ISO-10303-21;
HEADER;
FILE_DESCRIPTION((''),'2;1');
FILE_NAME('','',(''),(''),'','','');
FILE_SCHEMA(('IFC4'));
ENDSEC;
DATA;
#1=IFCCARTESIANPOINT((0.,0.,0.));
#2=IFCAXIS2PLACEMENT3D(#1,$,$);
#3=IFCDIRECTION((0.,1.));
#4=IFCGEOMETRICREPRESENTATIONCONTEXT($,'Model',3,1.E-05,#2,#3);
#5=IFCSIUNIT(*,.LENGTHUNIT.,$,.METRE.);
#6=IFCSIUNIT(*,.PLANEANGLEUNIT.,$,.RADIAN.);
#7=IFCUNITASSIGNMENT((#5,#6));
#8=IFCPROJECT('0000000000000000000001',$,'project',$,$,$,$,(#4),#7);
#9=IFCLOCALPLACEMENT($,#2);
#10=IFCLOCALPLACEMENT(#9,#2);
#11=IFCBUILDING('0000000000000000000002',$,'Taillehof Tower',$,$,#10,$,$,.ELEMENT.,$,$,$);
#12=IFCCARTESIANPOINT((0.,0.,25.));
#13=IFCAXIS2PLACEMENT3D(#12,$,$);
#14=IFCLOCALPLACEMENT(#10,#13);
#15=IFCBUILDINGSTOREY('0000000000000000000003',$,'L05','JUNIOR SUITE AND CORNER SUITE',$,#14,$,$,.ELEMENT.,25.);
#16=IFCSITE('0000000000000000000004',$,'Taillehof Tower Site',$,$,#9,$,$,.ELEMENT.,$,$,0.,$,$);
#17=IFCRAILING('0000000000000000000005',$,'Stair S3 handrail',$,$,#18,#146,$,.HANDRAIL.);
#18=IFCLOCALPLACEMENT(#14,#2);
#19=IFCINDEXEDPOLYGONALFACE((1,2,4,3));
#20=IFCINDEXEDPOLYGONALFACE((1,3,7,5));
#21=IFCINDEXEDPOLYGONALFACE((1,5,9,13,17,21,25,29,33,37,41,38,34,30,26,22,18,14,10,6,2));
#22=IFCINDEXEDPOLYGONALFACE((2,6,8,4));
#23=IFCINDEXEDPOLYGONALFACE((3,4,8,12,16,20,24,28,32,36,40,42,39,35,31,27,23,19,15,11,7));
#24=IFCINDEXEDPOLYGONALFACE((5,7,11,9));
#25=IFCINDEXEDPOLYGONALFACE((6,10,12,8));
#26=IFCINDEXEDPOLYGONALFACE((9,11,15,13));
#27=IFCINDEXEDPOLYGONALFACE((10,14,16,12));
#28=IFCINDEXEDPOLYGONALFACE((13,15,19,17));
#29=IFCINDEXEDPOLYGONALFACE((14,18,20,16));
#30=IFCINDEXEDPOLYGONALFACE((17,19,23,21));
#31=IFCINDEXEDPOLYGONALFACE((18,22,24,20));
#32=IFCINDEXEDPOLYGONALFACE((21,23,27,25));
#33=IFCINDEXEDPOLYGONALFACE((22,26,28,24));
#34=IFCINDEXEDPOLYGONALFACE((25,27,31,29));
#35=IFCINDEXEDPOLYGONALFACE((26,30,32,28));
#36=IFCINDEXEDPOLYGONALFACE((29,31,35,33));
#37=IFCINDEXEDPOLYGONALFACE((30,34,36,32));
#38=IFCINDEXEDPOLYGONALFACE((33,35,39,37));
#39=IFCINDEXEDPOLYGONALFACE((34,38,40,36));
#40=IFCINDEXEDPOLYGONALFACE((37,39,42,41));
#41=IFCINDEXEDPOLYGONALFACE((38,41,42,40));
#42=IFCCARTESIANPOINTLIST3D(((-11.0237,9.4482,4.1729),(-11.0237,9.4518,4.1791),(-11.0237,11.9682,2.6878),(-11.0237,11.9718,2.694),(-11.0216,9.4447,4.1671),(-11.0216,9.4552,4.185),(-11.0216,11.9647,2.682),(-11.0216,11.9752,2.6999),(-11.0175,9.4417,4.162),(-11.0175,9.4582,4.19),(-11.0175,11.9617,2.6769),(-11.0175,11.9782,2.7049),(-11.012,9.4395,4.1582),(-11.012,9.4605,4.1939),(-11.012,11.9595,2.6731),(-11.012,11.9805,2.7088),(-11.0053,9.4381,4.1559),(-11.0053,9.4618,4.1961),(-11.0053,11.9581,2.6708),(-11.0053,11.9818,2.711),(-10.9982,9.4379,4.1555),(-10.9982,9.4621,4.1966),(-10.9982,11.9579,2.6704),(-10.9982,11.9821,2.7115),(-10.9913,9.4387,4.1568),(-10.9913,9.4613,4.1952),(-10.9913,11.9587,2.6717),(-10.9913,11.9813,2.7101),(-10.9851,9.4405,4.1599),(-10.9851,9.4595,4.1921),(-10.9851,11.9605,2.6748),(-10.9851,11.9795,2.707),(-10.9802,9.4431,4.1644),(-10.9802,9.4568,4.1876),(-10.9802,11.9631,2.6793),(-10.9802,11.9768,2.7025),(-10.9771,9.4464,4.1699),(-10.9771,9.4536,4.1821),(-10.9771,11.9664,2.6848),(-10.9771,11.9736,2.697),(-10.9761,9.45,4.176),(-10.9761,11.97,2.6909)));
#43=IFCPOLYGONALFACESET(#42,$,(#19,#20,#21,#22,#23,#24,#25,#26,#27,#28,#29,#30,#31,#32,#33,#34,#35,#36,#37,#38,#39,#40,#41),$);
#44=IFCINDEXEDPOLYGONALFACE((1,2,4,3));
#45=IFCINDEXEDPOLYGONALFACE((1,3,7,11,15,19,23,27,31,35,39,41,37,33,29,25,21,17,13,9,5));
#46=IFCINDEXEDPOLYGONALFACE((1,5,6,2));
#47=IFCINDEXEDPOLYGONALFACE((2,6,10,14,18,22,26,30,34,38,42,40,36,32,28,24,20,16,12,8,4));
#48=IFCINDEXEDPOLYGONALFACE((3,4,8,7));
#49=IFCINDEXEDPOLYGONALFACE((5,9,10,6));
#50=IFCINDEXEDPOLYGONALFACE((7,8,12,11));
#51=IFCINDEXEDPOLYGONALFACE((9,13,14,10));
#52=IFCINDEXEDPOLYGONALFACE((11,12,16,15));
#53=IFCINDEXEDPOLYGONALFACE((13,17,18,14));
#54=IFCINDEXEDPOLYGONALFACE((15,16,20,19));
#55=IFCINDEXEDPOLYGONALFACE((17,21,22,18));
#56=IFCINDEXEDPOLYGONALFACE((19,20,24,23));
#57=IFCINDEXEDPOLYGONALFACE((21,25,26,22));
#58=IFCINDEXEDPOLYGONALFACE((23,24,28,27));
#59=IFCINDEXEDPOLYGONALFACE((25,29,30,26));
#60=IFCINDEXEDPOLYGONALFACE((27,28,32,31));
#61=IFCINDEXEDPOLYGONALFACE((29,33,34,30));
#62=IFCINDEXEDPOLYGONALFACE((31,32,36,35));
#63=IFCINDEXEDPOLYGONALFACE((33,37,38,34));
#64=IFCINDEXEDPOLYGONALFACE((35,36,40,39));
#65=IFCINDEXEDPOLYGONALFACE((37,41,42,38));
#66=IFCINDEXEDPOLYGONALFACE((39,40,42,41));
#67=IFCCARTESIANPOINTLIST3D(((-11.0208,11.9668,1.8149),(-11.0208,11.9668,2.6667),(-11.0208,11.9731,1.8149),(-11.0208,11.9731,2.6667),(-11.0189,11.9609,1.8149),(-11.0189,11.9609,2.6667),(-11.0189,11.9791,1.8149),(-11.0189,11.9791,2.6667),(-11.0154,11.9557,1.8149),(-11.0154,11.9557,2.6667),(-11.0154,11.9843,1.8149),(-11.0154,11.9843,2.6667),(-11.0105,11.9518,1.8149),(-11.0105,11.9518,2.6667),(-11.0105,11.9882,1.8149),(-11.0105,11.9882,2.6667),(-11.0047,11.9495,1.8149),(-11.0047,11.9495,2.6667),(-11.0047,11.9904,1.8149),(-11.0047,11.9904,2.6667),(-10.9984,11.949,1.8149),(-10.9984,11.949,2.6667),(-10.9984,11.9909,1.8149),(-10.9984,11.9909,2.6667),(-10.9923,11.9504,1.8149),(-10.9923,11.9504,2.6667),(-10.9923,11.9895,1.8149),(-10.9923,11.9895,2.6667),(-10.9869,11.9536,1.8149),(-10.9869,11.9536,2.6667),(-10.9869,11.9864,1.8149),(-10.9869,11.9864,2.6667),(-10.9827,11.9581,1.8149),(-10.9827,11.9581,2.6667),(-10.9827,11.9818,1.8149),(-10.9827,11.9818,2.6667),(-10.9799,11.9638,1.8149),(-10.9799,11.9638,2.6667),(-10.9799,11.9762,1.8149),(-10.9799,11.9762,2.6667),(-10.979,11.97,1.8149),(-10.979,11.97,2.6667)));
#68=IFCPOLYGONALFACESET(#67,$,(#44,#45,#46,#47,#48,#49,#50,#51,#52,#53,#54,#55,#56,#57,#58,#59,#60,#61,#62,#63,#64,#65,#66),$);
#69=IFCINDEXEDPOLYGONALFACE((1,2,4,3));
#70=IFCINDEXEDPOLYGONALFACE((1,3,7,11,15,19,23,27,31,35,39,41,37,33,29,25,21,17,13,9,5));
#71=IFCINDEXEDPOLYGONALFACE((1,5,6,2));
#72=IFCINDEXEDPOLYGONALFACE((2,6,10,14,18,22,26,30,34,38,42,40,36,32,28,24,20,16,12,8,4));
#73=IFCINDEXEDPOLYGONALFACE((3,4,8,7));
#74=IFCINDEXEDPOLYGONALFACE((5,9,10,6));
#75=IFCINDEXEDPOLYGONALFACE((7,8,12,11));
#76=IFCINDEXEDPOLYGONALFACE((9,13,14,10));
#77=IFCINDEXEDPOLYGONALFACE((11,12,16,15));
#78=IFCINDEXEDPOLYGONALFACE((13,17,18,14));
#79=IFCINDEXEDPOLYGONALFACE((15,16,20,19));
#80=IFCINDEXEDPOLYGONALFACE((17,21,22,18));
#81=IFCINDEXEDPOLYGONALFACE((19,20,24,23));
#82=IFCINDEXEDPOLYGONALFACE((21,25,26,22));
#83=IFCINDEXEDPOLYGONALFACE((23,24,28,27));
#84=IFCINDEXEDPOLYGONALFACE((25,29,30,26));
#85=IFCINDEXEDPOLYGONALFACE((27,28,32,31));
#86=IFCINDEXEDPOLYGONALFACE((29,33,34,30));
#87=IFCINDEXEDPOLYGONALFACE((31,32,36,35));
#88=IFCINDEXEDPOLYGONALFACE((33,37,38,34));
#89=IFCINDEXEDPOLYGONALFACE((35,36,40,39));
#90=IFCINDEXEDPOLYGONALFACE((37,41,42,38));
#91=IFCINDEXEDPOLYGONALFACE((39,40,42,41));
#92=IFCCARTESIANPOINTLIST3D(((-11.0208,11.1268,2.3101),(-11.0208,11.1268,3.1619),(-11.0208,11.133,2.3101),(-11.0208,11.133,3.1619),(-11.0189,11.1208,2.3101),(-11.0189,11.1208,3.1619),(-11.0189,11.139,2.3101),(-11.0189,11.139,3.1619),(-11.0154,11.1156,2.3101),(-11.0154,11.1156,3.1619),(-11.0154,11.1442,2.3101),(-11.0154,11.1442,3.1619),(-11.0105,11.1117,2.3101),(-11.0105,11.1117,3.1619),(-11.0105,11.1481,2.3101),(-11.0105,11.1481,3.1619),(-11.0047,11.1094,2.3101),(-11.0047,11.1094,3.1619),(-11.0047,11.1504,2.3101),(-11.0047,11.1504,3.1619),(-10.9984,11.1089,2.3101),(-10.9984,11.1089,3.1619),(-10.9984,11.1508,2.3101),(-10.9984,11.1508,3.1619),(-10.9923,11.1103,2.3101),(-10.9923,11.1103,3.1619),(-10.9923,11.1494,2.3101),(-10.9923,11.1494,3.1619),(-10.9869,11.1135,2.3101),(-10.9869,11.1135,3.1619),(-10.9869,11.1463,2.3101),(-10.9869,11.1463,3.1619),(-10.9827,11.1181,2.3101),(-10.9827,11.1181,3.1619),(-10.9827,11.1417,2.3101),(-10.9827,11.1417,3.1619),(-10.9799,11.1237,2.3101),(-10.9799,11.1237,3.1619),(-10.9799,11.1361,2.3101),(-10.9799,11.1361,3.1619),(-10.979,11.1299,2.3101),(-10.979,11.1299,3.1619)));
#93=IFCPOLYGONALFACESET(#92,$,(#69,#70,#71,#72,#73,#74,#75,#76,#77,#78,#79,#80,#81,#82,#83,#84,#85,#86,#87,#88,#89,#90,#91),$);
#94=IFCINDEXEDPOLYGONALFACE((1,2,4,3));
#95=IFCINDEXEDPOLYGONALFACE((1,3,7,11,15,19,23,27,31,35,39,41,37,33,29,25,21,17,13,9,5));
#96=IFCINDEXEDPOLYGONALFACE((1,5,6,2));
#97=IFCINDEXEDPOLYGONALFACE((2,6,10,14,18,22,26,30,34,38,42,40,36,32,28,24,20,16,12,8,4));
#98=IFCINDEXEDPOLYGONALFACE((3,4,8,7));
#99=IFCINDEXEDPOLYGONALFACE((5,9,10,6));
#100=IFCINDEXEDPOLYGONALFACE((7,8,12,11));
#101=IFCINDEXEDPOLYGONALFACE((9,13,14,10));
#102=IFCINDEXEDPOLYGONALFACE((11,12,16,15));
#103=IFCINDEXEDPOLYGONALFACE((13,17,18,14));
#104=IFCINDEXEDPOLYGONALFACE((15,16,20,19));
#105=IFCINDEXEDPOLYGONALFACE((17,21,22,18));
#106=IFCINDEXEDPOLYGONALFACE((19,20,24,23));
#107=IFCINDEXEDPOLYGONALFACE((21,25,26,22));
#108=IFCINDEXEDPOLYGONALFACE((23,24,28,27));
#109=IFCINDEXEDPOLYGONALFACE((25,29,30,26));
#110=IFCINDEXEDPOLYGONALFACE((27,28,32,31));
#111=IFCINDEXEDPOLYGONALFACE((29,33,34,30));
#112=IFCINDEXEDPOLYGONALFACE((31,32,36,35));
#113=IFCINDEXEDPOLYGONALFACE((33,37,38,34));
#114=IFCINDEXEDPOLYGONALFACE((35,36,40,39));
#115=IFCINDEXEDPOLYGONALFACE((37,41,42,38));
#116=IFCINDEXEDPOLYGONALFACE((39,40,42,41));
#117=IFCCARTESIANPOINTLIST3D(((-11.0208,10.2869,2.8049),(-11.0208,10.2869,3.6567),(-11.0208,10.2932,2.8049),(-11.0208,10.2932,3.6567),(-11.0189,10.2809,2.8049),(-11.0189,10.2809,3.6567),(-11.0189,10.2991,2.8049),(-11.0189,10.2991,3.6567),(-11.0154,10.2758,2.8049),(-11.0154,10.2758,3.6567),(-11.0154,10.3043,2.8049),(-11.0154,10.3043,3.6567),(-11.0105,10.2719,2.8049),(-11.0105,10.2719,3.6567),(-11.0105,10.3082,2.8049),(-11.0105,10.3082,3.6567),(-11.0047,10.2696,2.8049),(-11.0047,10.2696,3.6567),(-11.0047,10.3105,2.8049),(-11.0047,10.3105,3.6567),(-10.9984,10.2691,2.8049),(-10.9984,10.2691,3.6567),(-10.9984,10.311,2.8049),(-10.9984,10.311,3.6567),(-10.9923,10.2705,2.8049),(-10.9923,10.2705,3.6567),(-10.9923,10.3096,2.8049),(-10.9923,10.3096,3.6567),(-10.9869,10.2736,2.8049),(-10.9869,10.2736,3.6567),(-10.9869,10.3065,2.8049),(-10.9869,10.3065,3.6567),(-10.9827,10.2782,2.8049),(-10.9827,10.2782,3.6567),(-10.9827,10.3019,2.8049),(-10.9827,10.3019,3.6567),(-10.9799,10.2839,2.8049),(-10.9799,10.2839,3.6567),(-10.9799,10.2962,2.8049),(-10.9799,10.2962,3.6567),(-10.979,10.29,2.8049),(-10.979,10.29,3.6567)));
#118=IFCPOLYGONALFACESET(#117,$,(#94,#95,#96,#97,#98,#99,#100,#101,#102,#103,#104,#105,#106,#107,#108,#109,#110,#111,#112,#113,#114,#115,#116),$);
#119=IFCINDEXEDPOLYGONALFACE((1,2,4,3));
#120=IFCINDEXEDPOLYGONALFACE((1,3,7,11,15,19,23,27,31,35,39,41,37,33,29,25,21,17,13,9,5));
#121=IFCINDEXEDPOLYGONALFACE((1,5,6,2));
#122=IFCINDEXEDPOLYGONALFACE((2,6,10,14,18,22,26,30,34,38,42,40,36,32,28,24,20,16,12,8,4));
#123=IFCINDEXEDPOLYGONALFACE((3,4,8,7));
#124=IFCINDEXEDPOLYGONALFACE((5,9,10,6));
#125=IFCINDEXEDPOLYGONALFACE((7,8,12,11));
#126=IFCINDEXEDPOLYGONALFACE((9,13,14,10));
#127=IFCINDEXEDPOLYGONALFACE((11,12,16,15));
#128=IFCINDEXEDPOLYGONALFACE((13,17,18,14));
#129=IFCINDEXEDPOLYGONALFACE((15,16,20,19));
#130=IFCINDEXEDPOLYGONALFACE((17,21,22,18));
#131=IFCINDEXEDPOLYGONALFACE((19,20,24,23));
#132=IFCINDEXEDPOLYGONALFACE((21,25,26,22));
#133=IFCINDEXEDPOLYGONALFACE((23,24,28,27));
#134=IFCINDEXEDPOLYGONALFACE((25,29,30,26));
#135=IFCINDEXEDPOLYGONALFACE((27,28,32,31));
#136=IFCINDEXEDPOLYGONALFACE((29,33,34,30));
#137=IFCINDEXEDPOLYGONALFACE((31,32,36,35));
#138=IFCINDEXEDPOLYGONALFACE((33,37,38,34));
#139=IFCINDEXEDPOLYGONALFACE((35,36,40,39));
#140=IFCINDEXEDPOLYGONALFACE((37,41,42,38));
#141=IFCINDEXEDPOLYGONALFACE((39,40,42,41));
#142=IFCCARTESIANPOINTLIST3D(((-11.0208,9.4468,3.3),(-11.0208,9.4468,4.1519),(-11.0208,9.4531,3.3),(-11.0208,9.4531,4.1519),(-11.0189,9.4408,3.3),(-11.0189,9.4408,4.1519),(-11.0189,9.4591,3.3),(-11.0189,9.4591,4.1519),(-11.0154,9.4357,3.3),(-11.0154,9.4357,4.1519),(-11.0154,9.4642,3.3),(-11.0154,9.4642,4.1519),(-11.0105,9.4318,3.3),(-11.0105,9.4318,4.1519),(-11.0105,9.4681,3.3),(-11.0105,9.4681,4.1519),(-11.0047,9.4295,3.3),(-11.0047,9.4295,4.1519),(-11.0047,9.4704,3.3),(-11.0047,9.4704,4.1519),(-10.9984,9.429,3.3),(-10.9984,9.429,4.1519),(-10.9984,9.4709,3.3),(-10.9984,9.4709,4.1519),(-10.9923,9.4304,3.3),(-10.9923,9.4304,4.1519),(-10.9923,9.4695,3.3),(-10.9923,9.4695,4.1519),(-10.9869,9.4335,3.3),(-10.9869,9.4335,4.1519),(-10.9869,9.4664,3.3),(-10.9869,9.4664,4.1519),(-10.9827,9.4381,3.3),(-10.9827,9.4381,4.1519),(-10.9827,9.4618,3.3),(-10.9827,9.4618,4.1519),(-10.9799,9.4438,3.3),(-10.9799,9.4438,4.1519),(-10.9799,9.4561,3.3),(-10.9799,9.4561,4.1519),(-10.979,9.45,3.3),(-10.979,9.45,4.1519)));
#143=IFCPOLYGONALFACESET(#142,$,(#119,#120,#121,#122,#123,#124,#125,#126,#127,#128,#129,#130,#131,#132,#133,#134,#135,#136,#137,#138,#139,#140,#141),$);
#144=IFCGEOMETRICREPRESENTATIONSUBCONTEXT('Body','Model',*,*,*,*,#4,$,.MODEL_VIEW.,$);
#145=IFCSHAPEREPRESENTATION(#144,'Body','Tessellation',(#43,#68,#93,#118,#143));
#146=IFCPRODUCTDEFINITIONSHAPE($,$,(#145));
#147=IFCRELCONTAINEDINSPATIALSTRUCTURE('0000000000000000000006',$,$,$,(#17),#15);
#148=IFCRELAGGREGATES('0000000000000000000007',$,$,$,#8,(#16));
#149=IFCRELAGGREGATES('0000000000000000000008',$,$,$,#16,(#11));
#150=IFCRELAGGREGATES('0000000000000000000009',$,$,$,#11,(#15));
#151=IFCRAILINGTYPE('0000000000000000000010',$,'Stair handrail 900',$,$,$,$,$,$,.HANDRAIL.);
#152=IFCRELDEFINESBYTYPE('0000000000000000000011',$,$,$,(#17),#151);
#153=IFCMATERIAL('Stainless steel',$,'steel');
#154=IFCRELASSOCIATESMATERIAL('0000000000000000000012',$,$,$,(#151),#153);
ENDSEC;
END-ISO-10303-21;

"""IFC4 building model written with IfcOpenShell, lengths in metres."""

from ifc_helpers import new_model, si_unit, direction, frame, origin, origin_2d, place, context, subcontext, project, spatial, circle, extrude, material, type_object, element, save


model = new_model("IFC4")

# Units and contexts
model_context = context("Model", 3, precision=1e-05, world=origin(), true_north=direction((0.0, 1.0)))
body_context = subcontext(model_context, "Body", "Model", "MODEL_VIEW")
ifc_project = project(units=[si_unit("LENGTHUNIT", "METRE"), si_unit("PLANEANGLEUNIT", "RADIAN")], contexts=[model_context])

# Site, building, storey
site_placement = place(None, origin())
site = spatial("IfcSite", under=ifc_project, at=site_placement, Name="Taillehof Tower Site", CompositionType="ELEMENT", RefElevation=0.0)
building_placement = place(site_placement, origin())
building = spatial("IfcBuilding", under=site, at=building_placement, Name="Taillehof Tower", CompositionType="ELEMENT")
storey_placement = place(building_placement, frame((0.0, 0.0, 25.0)))
storey = spatial("IfcBuildingStorey", under=building, at=storey_placement, Name="L05", Description="JUNIOR SUITE AND CORNER SUITE", CompositionType="ELEMENT", Elevation=25.0)

# Railing
ifc_material_1 = material(Name="Stainless steel", Category="steel")
railing_type = type_object("IfcRailingType", Name="Stair handrail 900", PredefinedType="HANDRAIL", material=ifc_material_1)
railing_placement = place(storey_placement, frame((-11.0, 11.97, 1.8149)))
element("IfcRailing", 1, at=railing_placement, inside=storey, type_object=railing_type, Name="Stair S3 handrail", PredefinedType="HANDRAIL", context=body_context, shape_type="SweptSolid", body=[
    extrude(circle(Radius=0.0239, at=origin_2d()), frame((0.0, 0.0, 0.876), z_axis=(0.0, -0.861524, 0.507717), x_axis=(1.0, 0.0, 0.0)), (0.0, 0.0, 1.0), 2.925),
    extrude(circle(Radius=0.021, at=origin_2d()), origin(), (0.0, 0.0, 1.0), 0.8518),
    extrude(circle(Radius=0.021, at=origin_2d()), frame((0.0, -0.8401, 0.4951)), (0.0, 0.0, 1.0), 0.8518),
    extrude(circle(Radius=0.021, at=origin_2d()), frame((0.0, -1.6799, 0.99)), (0.0, 0.0, 1.0), 0.8518),
    extrude(circle(Radius=0.021, at=origin_2d()), frame((0.0, -2.52, 1.4851)), (0.0, 0.0, 1.0), 0.8518),
])

save(model, "model.ifc")
